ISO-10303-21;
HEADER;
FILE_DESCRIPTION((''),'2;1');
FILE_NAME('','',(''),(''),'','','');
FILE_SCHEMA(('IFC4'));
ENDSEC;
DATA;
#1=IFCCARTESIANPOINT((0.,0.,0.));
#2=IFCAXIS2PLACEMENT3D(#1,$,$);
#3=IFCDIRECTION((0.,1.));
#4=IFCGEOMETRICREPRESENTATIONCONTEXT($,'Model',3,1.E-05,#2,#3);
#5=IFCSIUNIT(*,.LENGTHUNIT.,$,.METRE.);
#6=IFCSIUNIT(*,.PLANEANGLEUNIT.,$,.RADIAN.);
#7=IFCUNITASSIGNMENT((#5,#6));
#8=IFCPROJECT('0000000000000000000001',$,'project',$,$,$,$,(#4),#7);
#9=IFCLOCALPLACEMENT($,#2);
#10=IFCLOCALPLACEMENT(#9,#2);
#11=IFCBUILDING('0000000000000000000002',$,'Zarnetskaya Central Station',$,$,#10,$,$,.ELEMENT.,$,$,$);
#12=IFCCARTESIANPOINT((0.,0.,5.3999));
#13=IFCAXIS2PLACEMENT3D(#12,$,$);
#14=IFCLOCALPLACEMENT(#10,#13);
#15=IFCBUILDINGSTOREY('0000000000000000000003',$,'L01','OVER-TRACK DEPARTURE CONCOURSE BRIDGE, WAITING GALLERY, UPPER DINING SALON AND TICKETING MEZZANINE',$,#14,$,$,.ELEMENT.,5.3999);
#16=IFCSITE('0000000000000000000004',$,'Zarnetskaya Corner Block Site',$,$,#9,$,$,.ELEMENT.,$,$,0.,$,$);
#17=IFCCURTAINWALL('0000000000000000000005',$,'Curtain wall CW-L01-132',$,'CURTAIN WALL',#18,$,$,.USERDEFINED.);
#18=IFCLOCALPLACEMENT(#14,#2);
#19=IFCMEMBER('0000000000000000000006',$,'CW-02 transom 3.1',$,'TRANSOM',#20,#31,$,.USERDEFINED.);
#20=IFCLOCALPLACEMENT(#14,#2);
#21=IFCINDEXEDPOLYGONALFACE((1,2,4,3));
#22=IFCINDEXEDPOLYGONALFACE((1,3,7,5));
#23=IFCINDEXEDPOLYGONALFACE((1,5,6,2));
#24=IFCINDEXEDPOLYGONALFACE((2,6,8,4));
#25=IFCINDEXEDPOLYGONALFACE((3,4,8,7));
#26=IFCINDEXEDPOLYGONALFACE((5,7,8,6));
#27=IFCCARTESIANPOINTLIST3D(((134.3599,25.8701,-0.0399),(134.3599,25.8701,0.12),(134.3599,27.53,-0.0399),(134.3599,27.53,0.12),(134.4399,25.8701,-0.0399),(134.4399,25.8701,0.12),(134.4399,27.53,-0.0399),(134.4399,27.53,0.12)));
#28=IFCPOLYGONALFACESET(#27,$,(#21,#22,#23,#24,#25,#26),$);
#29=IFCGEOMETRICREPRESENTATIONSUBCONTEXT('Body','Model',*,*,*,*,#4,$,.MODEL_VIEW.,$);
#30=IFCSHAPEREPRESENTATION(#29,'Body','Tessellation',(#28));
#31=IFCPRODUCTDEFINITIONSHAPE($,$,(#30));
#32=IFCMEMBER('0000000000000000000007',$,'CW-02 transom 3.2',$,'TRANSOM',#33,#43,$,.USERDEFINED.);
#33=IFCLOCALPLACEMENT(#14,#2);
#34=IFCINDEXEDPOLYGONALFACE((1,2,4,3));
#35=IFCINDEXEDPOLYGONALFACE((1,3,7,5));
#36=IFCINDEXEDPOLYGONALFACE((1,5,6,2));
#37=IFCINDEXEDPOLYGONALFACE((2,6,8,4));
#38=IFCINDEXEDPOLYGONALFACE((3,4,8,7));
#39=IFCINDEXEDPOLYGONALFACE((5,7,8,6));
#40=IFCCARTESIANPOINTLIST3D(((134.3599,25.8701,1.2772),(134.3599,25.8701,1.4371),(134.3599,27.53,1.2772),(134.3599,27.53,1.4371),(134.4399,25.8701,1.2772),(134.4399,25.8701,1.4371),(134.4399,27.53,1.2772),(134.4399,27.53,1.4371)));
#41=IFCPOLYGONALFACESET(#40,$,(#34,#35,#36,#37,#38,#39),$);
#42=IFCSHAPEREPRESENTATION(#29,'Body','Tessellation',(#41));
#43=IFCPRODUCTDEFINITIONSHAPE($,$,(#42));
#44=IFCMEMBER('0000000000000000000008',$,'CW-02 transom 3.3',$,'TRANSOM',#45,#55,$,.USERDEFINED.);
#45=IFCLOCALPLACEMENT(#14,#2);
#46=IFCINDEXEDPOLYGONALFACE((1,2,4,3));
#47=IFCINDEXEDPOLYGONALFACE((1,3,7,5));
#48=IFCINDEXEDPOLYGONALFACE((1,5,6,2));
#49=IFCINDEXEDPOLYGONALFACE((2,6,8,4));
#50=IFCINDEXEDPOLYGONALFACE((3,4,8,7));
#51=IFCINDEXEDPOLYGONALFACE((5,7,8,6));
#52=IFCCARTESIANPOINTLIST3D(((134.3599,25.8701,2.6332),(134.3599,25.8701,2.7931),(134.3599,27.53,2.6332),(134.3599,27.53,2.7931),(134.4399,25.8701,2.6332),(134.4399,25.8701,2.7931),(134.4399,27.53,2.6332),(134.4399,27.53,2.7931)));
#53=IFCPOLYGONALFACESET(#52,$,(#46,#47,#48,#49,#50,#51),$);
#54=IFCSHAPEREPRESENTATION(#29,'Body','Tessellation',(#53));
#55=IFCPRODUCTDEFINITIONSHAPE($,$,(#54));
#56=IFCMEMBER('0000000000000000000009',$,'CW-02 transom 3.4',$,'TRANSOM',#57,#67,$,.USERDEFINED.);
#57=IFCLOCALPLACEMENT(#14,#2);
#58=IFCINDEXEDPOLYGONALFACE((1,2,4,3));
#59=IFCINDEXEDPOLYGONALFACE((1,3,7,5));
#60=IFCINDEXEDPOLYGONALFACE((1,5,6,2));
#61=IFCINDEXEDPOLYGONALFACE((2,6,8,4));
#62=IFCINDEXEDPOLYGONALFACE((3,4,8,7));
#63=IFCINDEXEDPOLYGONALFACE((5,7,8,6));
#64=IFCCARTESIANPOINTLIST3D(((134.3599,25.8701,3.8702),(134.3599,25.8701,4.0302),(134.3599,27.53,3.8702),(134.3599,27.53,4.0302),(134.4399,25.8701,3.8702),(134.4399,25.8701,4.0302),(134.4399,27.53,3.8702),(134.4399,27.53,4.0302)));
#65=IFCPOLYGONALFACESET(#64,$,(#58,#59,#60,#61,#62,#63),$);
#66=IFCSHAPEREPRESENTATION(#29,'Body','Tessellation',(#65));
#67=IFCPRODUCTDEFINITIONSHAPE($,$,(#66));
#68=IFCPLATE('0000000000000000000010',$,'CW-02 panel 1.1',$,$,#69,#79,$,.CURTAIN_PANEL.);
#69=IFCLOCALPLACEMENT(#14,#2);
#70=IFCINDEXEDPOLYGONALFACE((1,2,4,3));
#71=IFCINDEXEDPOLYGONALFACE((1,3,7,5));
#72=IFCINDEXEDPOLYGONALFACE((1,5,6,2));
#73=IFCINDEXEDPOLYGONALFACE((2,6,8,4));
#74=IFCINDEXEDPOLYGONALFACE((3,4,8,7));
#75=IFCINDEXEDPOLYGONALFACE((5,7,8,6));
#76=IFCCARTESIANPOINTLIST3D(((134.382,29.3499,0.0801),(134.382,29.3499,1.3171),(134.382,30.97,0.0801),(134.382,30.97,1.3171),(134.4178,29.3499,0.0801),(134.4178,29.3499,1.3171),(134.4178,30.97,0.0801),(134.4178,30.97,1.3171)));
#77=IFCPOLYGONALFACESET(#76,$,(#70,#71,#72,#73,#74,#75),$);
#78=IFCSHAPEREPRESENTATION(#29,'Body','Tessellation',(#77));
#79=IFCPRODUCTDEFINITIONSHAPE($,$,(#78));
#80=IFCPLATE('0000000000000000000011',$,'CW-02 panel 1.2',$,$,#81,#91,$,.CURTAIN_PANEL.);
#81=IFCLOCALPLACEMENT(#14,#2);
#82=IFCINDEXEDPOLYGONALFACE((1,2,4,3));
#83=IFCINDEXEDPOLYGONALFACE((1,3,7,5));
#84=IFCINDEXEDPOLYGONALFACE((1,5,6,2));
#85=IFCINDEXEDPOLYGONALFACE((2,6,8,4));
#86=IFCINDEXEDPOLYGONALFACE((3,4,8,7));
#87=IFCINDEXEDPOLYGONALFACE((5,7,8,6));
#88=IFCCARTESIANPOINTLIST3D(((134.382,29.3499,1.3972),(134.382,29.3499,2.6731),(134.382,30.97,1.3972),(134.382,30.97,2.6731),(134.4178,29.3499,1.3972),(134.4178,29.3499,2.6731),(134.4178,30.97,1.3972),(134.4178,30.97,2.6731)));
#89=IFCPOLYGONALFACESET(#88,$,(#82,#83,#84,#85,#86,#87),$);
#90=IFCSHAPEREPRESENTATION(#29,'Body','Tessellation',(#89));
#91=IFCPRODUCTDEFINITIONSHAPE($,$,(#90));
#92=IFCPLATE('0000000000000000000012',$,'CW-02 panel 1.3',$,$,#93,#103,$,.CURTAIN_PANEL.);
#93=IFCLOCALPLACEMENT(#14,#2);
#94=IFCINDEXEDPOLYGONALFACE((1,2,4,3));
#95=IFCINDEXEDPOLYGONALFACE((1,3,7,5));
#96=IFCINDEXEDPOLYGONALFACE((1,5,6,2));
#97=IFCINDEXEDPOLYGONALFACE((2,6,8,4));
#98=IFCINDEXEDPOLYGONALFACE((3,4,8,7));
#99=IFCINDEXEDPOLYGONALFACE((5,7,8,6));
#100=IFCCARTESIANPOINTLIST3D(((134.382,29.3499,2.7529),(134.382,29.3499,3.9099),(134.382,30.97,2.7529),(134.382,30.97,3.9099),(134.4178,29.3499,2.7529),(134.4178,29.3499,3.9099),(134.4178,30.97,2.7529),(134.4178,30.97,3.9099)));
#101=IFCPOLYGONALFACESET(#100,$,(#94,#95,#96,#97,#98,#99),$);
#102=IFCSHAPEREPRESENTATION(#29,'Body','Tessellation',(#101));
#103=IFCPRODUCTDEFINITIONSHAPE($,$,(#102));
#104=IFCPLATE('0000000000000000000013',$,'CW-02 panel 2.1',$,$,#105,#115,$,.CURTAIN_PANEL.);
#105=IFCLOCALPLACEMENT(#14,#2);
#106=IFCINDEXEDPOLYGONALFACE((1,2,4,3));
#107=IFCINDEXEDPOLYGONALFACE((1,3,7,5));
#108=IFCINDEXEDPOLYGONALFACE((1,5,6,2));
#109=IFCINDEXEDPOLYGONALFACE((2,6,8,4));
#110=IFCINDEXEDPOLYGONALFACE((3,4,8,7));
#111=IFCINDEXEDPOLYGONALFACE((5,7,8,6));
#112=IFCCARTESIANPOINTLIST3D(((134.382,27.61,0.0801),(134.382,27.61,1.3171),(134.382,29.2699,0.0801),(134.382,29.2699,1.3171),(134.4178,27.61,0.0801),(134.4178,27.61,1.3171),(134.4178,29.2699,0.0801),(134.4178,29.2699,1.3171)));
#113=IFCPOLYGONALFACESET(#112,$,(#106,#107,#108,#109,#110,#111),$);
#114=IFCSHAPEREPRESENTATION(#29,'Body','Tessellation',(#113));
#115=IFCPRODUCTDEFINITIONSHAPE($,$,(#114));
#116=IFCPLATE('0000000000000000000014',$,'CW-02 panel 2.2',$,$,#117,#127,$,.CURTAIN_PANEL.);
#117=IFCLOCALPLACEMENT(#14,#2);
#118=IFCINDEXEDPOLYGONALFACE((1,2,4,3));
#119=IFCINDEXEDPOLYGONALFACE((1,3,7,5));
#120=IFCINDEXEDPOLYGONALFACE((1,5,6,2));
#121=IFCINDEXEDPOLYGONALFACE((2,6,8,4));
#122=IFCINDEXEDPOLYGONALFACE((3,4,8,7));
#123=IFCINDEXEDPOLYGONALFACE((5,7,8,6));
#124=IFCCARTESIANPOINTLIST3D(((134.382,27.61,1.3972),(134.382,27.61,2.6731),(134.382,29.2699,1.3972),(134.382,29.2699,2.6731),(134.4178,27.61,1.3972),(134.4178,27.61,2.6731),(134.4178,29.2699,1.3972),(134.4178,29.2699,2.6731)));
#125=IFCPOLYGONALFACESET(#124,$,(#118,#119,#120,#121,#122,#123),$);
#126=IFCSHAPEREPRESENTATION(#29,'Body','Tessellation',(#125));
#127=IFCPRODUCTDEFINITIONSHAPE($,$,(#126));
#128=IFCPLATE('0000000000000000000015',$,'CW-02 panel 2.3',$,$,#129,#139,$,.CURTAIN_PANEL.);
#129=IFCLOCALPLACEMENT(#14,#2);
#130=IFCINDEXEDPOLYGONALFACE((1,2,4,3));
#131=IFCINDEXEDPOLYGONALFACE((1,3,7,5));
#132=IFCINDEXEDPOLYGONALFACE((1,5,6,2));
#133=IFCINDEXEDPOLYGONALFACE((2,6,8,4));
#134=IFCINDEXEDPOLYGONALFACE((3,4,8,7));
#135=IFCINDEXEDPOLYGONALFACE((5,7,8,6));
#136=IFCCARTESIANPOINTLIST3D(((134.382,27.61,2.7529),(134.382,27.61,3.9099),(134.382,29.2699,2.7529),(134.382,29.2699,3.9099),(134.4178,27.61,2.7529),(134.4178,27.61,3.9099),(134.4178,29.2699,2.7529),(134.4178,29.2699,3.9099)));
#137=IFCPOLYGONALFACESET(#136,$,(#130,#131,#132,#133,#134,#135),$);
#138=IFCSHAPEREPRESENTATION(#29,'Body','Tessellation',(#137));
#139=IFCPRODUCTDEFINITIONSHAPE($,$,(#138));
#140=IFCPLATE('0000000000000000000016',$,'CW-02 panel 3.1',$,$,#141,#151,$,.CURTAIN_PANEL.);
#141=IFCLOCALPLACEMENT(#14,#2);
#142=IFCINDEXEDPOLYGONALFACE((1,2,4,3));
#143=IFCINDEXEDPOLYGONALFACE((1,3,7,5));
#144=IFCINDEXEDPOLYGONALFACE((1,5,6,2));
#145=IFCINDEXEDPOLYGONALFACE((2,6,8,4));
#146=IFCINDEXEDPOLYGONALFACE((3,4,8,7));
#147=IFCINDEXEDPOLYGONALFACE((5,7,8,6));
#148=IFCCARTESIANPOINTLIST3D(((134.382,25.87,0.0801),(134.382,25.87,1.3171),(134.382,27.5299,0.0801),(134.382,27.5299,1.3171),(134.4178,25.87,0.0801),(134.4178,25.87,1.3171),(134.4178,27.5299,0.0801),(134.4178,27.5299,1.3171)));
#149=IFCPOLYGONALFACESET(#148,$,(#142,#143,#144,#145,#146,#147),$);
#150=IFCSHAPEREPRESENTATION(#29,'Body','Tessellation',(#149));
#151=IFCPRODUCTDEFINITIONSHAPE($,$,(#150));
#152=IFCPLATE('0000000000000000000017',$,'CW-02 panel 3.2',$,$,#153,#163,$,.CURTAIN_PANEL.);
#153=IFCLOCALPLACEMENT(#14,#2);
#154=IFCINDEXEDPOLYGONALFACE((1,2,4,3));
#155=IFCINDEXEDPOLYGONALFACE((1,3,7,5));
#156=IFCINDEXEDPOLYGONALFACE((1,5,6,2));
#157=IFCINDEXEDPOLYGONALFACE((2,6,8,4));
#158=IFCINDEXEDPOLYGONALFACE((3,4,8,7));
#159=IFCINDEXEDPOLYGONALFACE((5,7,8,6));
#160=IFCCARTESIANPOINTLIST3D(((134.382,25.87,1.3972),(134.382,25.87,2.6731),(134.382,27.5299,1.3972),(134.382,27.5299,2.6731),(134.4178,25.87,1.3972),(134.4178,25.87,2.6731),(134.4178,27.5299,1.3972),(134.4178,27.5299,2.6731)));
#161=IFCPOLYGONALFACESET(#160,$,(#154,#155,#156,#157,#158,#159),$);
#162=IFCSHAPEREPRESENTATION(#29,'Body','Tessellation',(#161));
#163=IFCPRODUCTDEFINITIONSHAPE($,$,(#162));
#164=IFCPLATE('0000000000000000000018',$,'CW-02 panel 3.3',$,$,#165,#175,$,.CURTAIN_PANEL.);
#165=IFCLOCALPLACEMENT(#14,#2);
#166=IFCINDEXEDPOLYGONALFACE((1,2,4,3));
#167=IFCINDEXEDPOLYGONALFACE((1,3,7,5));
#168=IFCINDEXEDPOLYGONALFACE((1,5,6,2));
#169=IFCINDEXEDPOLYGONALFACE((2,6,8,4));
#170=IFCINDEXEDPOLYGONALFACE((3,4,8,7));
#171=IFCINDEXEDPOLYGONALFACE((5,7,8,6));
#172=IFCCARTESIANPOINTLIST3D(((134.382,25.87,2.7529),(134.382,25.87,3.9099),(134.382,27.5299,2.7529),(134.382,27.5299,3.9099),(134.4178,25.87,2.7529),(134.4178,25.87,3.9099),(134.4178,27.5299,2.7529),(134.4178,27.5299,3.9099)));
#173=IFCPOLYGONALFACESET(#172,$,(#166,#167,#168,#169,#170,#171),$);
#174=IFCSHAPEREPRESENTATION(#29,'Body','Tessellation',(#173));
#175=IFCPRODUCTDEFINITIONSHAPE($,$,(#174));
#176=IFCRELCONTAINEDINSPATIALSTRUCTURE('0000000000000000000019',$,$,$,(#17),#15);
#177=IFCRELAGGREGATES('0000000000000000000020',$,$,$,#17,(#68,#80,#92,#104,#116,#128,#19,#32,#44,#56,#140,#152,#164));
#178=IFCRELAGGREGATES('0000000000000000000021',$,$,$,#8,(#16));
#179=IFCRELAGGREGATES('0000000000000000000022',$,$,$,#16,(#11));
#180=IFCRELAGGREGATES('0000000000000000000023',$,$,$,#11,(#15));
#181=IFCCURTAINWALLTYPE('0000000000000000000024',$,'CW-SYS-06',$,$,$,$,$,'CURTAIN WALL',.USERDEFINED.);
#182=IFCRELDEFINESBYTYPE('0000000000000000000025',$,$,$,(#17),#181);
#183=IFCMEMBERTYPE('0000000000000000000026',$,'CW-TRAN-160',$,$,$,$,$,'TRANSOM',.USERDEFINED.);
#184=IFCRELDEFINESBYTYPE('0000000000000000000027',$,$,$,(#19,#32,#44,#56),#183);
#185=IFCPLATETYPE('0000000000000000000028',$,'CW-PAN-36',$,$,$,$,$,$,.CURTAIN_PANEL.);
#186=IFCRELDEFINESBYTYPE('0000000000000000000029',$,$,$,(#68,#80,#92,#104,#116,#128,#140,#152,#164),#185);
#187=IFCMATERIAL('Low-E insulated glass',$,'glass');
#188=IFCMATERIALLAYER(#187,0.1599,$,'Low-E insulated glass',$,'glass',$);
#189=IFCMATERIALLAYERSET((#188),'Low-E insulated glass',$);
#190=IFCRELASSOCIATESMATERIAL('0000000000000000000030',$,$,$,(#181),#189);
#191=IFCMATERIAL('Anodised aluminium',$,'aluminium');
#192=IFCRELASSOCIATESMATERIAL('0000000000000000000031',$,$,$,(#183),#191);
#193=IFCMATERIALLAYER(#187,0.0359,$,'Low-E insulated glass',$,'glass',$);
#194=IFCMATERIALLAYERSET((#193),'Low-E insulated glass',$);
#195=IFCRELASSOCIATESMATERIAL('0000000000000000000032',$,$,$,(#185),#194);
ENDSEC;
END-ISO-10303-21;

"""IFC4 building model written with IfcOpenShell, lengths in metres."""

from ifc_helpers import new_model, si_unit, direction, frame, origin, origin_2d, place, context, subcontext, project, spatial, rectangle, extrude, material, layer, layer_set, material_profile, profile_set, type_object, element, aggregate, save


model = new_model("IFC4")

# Units and contexts
model_context = context("Model", 3, precision=1e-05, world=origin(), true_north=direction((0.0, 1.0)))
body_context = subcontext(model_context, "Body", "Model", "MODEL_VIEW")
ifc_project = project(units=[si_unit("LENGTHUNIT", "METRE"), si_unit("PLANEANGLEUNIT", "RADIAN")], contexts=[model_context])

# Site, building, storey
site_placement = place(None, origin())
site = spatial("IfcSite", under=ifc_project, at=site_placement, Name="Zarnetskaya Corner Block Site", CompositionType="ELEMENT", RefElevation=0.0)
building_placement = place(site_placement, origin())
building = spatial("IfcBuilding", under=site, at=building_placement, Name="Zarnetskaya Central Station", CompositionType="ELEMENT")
storey_placement = place(building_placement, frame((0.0, 0.0, 5.3999)))
storey = spatial("IfcBuildingStorey", under=building, at=storey_placement, Name="L01", Description="OVER-TRACK DEPARTURE CONCOURSE BRIDGE, WAITING GALLERY, UPPER DINING SALON AND TICKETING MEZZANINE", CompositionType="ELEMENT", Elevation=5.3999)

# Curtain wall, members, plates
ifc_material_1 = material(Name="Low-E insulated glass", Category="glass")
ifc_layer_1 = layer(ifc_material_1, 0.1599, Name="Low-E insulated glass", Category="glass")
ifc_layer_set_1 = layer_set([ifc_layer_1], Name="Low-E insulated glass")
curtain_wall_type = type_object("IfcCurtainWallType", Name="CW-SYS-06", ElementType="CURTAIN WALL", PredefinedType="USERDEFINED", material=ifc_layer_set_1)
curtain_wall_placement = place(storey_placement, origin())
curtain_wall = element("IfcCurtainWall", 1, at=curtain_wall_placement, inside=storey, type_object=curtain_wall_type, Name="Curtain wall CW-L01-132", ObjectType="CURTAIN WALL", PredefinedType="USERDEFINED")
ifc_material_2 = material(Name="Anodised aluminium", Category="aluminium")
ifc_material_profile_1 = material_profile(ifc_material_2, rectangle(XDim=0.0801, YDim=0.1599, at=origin_2d()), Name="ALU TRAN 80x160")
ifc_profile_set_1 = profile_set([ifc_material_profile_1], Name="Anodised aluminium")
member_type_1 = type_object("IfcMemberType", Name="CW-TRAN-160", ElementType="TRANSOM", PredefinedType="USERDEFINED", material=ifc_profile_set_1)
member_1_placement = place(storey_placement, frame((134.3999, 27.53, 0.04), z_axis=(0.0, -1.0, 0.0), x_axis=(1.0, 0.0, 0.0)))
member_1 = element("IfcMember", 2, at=member_1_placement, type_object=member_type_1, Name="CW-02 transom 3.1", ObjectType="TRANSOM", PredefinedType="USERDEFINED", context=body_context, shape_type="SweptSolid", body=[
    extrude(rectangle(XDim=0.0801, YDim=0.1599, at=origin_2d()), origin(), (0.0, 0.0, 1.0), 1.6599),
])
member_2_placement = place(storey_placement, frame((134.3999, 27.53, 1.3572), z_axis=(0.0, -1.0, 0.0), x_axis=(1.0, 0.0, 0.0)))
member_2 = element("IfcMember", 3, at=member_2_placement, type_object=member_type_1, Name="CW-02 transom 3.2", ObjectType="TRANSOM", PredefinedType="USERDEFINED", context=body_context, shape_type="SweptSolid", body=[
    extrude(rectangle(XDim=0.0801, YDim=0.1599, at=origin_2d()), origin(), (0.0, 0.0, 1.0), 1.6599),
])
member_3_placement = place(storey_placement, frame((134.3999, 27.53, 2.7131), z_axis=(0.0, -1.0, 0.0), x_axis=(1.0, 0.0, 0.0)))
member_3 = element("IfcMember", 4, at=member_3_placement, type_object=member_type_1, Name="CW-02 transom 3.3", ObjectType="TRANSOM", PredefinedType="USERDEFINED", context=body_context, shape_type="SweptSolid", body=[
    extrude(rectangle(XDim=0.0801, YDim=0.1599, at=origin_2d()), origin(), (0.0, 0.0, 1.0), 1.6599),
])
member_4_placement = place(storey_placement, frame((134.3999, 27.53, 3.9502), z_axis=(0.0, -1.0, 0.0), x_axis=(1.0, 0.0, 0.0)))
member_4 = element("IfcMember", 5, at=member_4_placement, type_object=member_type_1, Name="CW-02 transom 3.4", ObjectType="TRANSOM", PredefinedType="USERDEFINED", context=body_context, shape_type="SweptSolid", body=[
    extrude(rectangle(XDim=0.0801, YDim=0.1599, at=origin_2d()), origin(), (0.0, 0.0, 1.0), 1.6599),
])
ifc_layer_2 = layer(ifc_material_1, 0.0359, Name="Low-E insulated glass", Category="glass")
ifc_layer_set_2 = layer_set([ifc_layer_2], Name="Low-E insulated glass")
plate_type = type_object("IfcPlateType", Name="CW-PAN-36", PredefinedType="CURTAIN_PANEL", material=ifc_layer_set_2)
plate_1_placement = place(storey_placement, frame((134.3999, 30.1599, 0.0801), z_axis=(0.0, 0.0, 1.0), x_axis=(0.0, -1.0, 0.0)))
plate_1 = element("IfcPlate", 6, at=plate_1_placement, type_object=plate_type, Name="CW-02 panel 1.1", PredefinedType="CURTAIN_PANEL", context=body_context, shape_type="SweptSolid", body=[
    extrude(rectangle(XDim=1.6201, YDim=0.0359, at=origin_2d()), origin(), (0.0, 0.0, 1.0), 1.2371),
])
plate_2_placement = place(storey_placement, frame((134.3999, 30.1599, 1.3972), z_axis=(0.0, 0.0, 1.0), x_axis=(0.0, -1.0, 0.0)))
plate_2 = element("IfcPlate", 7, at=plate_2_placement, type_object=plate_type, Name="CW-02 panel 1.2", PredefinedType="CURTAIN_PANEL", context=body_context, shape_type="SweptSolid", body=[
    extrude(rectangle(XDim=1.6201, YDim=0.0359, at=origin_2d()), origin(), (0.0, 0.0, 1.0), 1.2759),
])
plate_3_placement = place(storey_placement, frame((134.3999, 30.1599, 2.7529), z_axis=(0.0, 0.0, 1.0), x_axis=(0.0, -1.0, 0.0)))
plate_3 = element("IfcPlate", 8, at=plate_3_placement, type_object=plate_type, Name="CW-02 panel 1.3", PredefinedType="CURTAIN_PANEL", context=body_context, shape_type="SweptSolid", body=[
    extrude(rectangle(XDim=1.6201, YDim=0.0359, at=origin_2d()), origin(), (0.0, 0.0, 1.0), 1.157),
])
plate_4_placement = place(storey_placement, frame((134.3999, 28.4399, 0.0801), z_axis=(0.0, 0.0, 1.0), x_axis=(0.0, -1.0, 0.0)))
plate_4 = element("IfcPlate", 9, at=plate_4_placement, type_object=plate_type, Name="CW-02 panel 2.1", PredefinedType="CURTAIN_PANEL", context=body_context, shape_type="SweptSolid", body=[
    extrude(rectangle(XDim=1.6599, YDim=0.0359, at=origin_2d()), origin(), (0.0, 0.0, 1.0), 1.2371),
])
plate_5_placement = place(storey_placement, frame((134.3999, 28.4399, 1.3972), z_axis=(0.0, 0.0, 1.0), x_axis=(0.0, -1.0, 0.0)))
plate_5 = element("IfcPlate", 10, at=plate_5_placement, type_object=plate_type, Name="CW-02 panel 2.2", PredefinedType="CURTAIN_PANEL", context=body_context, shape_type="SweptSolid", body=[
    extrude(rectangle(XDim=1.6599, YDim=0.0359, at=origin_2d()), origin(), (0.0, 0.0, 1.0), 1.2759),
])
plate_6_placement = place(storey_placement, frame((134.3999, 28.4399, 2.7529), z_axis=(0.0, 0.0, 1.0), x_axis=(0.0, -1.0, 0.0)))
plate_6 = element("IfcPlate", 11, at=plate_6_placement, type_object=plate_type, Name="CW-02 panel 2.3", PredefinedType="CURTAIN_PANEL", context=body_context, shape_type="SweptSolid", body=[
    extrude(rectangle(XDim=1.6599, YDim=0.0359, at=origin_2d()), origin(), (0.0, 0.0, 1.0), 1.157),
])
plate_7_placement = place(storey_placement, frame((134.3999, 26.7, 0.0801), z_axis=(0.0, 0.0, 1.0), x_axis=(0.0, -1.0, 0.0)))
plate_7 = element("IfcPlate", 12, at=plate_7_placement, type_object=plate_type, Name="CW-02 panel 3.1", PredefinedType="CURTAIN_PANEL", context=body_context, shape_type="SweptSolid", body=[
    extrude(rectangle(XDim=1.6599, YDim=0.0359, at=origin_2d()), origin(), (0.0, 0.0, 1.0), 1.2371),
])
plate_8_placement = place(storey_placement, frame((134.3999, 26.7, 1.3972), z_axis=(0.0, 0.0, 1.0), x_axis=(0.0, -1.0, 0.0)))
plate_8 = element("IfcPlate", 13, at=plate_8_placement, type_object=plate_type, Name="CW-02 panel 3.2", PredefinedType="CURTAIN_PANEL", context=body_context, shape_type="SweptSolid", body=[
    extrude(rectangle(XDim=1.6599, YDim=0.0359, at=origin_2d()), origin(), (0.0, 0.0, 1.0), 1.2759),
])
plate_9_placement = place(storey_placement, frame((134.3999, 26.7, 2.7529), z_axis=(0.0, 0.0, 1.0), x_axis=(0.0, -1.0, 0.0)))
plate_9 = element("IfcPlate", 14, at=plate_9_placement, type_object=plate_type, Name="CW-02 panel 3.3", PredefinedType="CURTAIN_PANEL", context=body_context, shape_type="SweptSolid", body=[
    extrude(rectangle(XDim=1.6599, YDim=0.0359, at=origin_2d()), origin(), (0.0, 0.0, 1.0), 1.157),
])
aggregate(curtain_wall, [plate_1, plate_2, plate_3, plate_4, plate_5, plate_6, member_1, member_2, member_3, member_4, plate_7, plate_8, plate_9])

save(model, "model.ifc")
